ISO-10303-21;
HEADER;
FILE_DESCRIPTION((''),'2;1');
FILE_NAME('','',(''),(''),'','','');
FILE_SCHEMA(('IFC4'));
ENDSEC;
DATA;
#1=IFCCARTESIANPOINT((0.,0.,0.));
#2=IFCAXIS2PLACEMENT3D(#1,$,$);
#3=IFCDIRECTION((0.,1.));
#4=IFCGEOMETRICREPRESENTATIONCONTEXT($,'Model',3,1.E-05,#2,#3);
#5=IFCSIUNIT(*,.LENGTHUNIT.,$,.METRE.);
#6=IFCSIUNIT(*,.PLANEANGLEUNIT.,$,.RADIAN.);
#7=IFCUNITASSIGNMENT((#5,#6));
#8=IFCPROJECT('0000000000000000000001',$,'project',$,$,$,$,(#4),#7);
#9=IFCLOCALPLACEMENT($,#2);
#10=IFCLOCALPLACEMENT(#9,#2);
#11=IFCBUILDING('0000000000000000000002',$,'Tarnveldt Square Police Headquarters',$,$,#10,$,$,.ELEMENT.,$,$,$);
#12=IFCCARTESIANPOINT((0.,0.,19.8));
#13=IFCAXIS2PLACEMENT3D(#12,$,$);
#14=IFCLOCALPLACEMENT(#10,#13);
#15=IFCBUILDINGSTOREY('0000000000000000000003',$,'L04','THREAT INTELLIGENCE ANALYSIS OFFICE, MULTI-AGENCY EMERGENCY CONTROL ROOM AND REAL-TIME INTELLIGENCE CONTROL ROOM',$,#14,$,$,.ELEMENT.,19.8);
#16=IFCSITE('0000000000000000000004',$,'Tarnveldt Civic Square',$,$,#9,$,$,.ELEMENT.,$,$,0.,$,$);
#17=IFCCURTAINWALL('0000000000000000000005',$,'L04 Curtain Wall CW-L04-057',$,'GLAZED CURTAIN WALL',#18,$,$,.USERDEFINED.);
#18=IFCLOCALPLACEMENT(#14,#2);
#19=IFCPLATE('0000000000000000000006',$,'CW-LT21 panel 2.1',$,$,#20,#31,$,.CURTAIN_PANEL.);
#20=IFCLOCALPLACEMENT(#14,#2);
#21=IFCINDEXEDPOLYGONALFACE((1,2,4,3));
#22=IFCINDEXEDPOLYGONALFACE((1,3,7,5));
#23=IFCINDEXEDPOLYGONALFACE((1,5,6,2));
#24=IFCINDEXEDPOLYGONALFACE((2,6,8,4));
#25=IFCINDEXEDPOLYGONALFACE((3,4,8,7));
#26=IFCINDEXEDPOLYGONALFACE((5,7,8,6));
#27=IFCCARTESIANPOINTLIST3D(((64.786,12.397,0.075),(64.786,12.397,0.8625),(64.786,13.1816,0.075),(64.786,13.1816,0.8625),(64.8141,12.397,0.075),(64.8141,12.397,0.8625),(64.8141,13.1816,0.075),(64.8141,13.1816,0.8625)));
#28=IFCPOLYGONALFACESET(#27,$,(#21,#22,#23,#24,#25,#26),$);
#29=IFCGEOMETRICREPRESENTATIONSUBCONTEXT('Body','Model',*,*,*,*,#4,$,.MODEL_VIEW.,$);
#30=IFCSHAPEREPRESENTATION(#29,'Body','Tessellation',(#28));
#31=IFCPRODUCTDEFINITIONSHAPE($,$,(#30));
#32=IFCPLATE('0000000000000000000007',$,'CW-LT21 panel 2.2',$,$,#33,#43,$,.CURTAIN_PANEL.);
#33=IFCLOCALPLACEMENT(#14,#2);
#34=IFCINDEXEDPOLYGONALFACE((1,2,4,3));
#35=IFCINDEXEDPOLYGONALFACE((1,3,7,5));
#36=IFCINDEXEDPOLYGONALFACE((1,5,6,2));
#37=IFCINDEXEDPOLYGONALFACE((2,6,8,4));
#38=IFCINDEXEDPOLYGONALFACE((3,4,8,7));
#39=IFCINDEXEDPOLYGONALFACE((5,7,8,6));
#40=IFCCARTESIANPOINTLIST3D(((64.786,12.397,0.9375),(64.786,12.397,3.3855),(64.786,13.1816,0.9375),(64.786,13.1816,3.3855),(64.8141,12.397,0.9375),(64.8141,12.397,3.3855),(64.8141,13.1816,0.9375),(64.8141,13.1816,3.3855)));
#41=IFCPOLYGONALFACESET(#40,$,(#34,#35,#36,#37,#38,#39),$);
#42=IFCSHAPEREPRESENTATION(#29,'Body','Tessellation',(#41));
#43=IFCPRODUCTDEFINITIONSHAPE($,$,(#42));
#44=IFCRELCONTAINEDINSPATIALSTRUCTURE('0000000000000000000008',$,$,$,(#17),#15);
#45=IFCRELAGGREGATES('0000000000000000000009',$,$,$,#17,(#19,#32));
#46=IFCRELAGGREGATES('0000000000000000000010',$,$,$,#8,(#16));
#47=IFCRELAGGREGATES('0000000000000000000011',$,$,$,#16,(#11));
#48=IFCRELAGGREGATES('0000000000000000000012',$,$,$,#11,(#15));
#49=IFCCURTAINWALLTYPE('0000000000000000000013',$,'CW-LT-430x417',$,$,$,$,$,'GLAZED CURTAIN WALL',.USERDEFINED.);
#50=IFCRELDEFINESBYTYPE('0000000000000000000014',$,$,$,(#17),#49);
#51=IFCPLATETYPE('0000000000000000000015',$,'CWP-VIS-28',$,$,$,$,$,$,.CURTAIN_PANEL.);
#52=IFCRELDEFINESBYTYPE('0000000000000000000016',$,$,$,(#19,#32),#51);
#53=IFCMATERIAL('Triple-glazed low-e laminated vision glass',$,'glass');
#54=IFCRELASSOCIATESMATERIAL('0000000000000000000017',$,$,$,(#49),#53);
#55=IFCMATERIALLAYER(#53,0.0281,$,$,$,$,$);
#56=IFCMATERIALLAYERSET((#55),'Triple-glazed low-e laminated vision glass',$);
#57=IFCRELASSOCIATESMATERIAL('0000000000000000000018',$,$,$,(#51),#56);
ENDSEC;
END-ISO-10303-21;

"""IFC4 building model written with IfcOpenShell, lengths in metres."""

from ifc_helpers import new_model, si_unit, direction, frame, origin, origin_2d, place, context, subcontext, project, spatial, rectangle, extrude, material, layer, layer_set, type_object, element, aggregate, save


model = new_model("IFC4")

# Units and contexts
model_context = context("Model", 3, precision=1e-05, world=origin(), true_north=direction((0.0, 1.0)))
body_context = subcontext(model_context, "Body", "Model", "MODEL_VIEW")
ifc_project = project(units=[si_unit("LENGTHUNIT", "METRE"), si_unit("PLANEANGLEUNIT", "RADIAN")], contexts=[model_context])

# Site, building, storey
site_placement = place(None, origin())
site = spatial("IfcSite", under=ifc_project, at=site_placement, Name="Tarnveldt Civic Square", CompositionType="ELEMENT", RefElevation=0.0)
building_placement = place(site_placement, origin())
building = spatial("IfcBuilding", under=site, at=building_placement, Name="Tarnveldt Square Police Headquarters", CompositionType="ELEMENT")
storey_placement = place(building_placement, frame((0.0, 0.0, 19.8)))
storey = spatial("IfcBuildingStorey", under=building, at=storey_placement, Name="L04", Description="THREAT INTELLIGENCE ANALYSIS OFFICE, MULTI-AGENCY EMERGENCY CONTROL ROOM AND REAL-TIME INTELLIGENCE CONTROL ROOM", CompositionType="ELEMENT", Elevation=19.8)

# Curtain wall
ifc_material_1 = material(Name="Triple-glazed low-e laminated vision glass", Category="glass")
curtain_wall_type_1 = type_object("IfcCurtainWallType", Name="CW-LT-430x417", ElementType="GLAZED CURTAIN WALL", PredefinedType="USERDEFINED", material=ifc_material_1)
curtain_wall_1_placement = place(storey_placement, origin())
curtain_wall_1 = element("IfcCurtainWall", 1, at=curtain_wall_1_placement, inside=storey, type_object=curtain_wall_type_1, Name="L04 Curtain Wall CW-L04-057", ObjectType="GLAZED CURTAIN WALL", PredefinedType="USERDEFINED")

# Plates
ifc_layer = layer(ifc_material_1, 0.0281)
ifc_layer_set = layer_set([ifc_layer], Name="Triple-glazed low-e laminated vision glass")
plate_type = type_object("IfcPlateType", Name="CWP-VIS-28", PredefinedType="CURTAIN_PANEL", material=ifc_layer_set)
plate_1_placement = place(storey_placement, frame((64.8, 12.7893, 0.075), z_axis=(0.0, 0.0, 1.0), x_axis=(0.0, 1.0, 0.0)))
plate_1 = element("IfcPlate", 2, at=plate_1_placement, type_object=plate_type, Name="CW-LT21 panel 2.1", PredefinedType="CURTAIN_PANEL", context=body_context, shape_type="SweptSolid", body=[
    extrude(rectangle(XDim=0.7847, YDim=0.0281, at=origin_2d()), origin(), (0.0, 0.0, 1.0), 0.7876),
])
plate_2_placement = place(storey_placement, frame((64.8, 12.7893, 0.9375), z_axis=(0.0, 0.0, 1.0), x_axis=(0.0, 1.0, 0.0)))
plate_2 = element("IfcPlate", 3, at=plate_2_placement, type_object=plate_type, Name="CW-LT21 panel 2.2", PredefinedType="CURTAIN_PANEL", context=body_context, shape_type="SweptSolid", body=[
    extrude(rectangle(XDim=0.7847, YDim=0.0281, at=origin_2d()), origin(), (0.0, 0.0, 1.0), 2.448),
])
aggregate(curtain_wall_1, [plate_1, plate_2])

save(model, "model.ifc")
